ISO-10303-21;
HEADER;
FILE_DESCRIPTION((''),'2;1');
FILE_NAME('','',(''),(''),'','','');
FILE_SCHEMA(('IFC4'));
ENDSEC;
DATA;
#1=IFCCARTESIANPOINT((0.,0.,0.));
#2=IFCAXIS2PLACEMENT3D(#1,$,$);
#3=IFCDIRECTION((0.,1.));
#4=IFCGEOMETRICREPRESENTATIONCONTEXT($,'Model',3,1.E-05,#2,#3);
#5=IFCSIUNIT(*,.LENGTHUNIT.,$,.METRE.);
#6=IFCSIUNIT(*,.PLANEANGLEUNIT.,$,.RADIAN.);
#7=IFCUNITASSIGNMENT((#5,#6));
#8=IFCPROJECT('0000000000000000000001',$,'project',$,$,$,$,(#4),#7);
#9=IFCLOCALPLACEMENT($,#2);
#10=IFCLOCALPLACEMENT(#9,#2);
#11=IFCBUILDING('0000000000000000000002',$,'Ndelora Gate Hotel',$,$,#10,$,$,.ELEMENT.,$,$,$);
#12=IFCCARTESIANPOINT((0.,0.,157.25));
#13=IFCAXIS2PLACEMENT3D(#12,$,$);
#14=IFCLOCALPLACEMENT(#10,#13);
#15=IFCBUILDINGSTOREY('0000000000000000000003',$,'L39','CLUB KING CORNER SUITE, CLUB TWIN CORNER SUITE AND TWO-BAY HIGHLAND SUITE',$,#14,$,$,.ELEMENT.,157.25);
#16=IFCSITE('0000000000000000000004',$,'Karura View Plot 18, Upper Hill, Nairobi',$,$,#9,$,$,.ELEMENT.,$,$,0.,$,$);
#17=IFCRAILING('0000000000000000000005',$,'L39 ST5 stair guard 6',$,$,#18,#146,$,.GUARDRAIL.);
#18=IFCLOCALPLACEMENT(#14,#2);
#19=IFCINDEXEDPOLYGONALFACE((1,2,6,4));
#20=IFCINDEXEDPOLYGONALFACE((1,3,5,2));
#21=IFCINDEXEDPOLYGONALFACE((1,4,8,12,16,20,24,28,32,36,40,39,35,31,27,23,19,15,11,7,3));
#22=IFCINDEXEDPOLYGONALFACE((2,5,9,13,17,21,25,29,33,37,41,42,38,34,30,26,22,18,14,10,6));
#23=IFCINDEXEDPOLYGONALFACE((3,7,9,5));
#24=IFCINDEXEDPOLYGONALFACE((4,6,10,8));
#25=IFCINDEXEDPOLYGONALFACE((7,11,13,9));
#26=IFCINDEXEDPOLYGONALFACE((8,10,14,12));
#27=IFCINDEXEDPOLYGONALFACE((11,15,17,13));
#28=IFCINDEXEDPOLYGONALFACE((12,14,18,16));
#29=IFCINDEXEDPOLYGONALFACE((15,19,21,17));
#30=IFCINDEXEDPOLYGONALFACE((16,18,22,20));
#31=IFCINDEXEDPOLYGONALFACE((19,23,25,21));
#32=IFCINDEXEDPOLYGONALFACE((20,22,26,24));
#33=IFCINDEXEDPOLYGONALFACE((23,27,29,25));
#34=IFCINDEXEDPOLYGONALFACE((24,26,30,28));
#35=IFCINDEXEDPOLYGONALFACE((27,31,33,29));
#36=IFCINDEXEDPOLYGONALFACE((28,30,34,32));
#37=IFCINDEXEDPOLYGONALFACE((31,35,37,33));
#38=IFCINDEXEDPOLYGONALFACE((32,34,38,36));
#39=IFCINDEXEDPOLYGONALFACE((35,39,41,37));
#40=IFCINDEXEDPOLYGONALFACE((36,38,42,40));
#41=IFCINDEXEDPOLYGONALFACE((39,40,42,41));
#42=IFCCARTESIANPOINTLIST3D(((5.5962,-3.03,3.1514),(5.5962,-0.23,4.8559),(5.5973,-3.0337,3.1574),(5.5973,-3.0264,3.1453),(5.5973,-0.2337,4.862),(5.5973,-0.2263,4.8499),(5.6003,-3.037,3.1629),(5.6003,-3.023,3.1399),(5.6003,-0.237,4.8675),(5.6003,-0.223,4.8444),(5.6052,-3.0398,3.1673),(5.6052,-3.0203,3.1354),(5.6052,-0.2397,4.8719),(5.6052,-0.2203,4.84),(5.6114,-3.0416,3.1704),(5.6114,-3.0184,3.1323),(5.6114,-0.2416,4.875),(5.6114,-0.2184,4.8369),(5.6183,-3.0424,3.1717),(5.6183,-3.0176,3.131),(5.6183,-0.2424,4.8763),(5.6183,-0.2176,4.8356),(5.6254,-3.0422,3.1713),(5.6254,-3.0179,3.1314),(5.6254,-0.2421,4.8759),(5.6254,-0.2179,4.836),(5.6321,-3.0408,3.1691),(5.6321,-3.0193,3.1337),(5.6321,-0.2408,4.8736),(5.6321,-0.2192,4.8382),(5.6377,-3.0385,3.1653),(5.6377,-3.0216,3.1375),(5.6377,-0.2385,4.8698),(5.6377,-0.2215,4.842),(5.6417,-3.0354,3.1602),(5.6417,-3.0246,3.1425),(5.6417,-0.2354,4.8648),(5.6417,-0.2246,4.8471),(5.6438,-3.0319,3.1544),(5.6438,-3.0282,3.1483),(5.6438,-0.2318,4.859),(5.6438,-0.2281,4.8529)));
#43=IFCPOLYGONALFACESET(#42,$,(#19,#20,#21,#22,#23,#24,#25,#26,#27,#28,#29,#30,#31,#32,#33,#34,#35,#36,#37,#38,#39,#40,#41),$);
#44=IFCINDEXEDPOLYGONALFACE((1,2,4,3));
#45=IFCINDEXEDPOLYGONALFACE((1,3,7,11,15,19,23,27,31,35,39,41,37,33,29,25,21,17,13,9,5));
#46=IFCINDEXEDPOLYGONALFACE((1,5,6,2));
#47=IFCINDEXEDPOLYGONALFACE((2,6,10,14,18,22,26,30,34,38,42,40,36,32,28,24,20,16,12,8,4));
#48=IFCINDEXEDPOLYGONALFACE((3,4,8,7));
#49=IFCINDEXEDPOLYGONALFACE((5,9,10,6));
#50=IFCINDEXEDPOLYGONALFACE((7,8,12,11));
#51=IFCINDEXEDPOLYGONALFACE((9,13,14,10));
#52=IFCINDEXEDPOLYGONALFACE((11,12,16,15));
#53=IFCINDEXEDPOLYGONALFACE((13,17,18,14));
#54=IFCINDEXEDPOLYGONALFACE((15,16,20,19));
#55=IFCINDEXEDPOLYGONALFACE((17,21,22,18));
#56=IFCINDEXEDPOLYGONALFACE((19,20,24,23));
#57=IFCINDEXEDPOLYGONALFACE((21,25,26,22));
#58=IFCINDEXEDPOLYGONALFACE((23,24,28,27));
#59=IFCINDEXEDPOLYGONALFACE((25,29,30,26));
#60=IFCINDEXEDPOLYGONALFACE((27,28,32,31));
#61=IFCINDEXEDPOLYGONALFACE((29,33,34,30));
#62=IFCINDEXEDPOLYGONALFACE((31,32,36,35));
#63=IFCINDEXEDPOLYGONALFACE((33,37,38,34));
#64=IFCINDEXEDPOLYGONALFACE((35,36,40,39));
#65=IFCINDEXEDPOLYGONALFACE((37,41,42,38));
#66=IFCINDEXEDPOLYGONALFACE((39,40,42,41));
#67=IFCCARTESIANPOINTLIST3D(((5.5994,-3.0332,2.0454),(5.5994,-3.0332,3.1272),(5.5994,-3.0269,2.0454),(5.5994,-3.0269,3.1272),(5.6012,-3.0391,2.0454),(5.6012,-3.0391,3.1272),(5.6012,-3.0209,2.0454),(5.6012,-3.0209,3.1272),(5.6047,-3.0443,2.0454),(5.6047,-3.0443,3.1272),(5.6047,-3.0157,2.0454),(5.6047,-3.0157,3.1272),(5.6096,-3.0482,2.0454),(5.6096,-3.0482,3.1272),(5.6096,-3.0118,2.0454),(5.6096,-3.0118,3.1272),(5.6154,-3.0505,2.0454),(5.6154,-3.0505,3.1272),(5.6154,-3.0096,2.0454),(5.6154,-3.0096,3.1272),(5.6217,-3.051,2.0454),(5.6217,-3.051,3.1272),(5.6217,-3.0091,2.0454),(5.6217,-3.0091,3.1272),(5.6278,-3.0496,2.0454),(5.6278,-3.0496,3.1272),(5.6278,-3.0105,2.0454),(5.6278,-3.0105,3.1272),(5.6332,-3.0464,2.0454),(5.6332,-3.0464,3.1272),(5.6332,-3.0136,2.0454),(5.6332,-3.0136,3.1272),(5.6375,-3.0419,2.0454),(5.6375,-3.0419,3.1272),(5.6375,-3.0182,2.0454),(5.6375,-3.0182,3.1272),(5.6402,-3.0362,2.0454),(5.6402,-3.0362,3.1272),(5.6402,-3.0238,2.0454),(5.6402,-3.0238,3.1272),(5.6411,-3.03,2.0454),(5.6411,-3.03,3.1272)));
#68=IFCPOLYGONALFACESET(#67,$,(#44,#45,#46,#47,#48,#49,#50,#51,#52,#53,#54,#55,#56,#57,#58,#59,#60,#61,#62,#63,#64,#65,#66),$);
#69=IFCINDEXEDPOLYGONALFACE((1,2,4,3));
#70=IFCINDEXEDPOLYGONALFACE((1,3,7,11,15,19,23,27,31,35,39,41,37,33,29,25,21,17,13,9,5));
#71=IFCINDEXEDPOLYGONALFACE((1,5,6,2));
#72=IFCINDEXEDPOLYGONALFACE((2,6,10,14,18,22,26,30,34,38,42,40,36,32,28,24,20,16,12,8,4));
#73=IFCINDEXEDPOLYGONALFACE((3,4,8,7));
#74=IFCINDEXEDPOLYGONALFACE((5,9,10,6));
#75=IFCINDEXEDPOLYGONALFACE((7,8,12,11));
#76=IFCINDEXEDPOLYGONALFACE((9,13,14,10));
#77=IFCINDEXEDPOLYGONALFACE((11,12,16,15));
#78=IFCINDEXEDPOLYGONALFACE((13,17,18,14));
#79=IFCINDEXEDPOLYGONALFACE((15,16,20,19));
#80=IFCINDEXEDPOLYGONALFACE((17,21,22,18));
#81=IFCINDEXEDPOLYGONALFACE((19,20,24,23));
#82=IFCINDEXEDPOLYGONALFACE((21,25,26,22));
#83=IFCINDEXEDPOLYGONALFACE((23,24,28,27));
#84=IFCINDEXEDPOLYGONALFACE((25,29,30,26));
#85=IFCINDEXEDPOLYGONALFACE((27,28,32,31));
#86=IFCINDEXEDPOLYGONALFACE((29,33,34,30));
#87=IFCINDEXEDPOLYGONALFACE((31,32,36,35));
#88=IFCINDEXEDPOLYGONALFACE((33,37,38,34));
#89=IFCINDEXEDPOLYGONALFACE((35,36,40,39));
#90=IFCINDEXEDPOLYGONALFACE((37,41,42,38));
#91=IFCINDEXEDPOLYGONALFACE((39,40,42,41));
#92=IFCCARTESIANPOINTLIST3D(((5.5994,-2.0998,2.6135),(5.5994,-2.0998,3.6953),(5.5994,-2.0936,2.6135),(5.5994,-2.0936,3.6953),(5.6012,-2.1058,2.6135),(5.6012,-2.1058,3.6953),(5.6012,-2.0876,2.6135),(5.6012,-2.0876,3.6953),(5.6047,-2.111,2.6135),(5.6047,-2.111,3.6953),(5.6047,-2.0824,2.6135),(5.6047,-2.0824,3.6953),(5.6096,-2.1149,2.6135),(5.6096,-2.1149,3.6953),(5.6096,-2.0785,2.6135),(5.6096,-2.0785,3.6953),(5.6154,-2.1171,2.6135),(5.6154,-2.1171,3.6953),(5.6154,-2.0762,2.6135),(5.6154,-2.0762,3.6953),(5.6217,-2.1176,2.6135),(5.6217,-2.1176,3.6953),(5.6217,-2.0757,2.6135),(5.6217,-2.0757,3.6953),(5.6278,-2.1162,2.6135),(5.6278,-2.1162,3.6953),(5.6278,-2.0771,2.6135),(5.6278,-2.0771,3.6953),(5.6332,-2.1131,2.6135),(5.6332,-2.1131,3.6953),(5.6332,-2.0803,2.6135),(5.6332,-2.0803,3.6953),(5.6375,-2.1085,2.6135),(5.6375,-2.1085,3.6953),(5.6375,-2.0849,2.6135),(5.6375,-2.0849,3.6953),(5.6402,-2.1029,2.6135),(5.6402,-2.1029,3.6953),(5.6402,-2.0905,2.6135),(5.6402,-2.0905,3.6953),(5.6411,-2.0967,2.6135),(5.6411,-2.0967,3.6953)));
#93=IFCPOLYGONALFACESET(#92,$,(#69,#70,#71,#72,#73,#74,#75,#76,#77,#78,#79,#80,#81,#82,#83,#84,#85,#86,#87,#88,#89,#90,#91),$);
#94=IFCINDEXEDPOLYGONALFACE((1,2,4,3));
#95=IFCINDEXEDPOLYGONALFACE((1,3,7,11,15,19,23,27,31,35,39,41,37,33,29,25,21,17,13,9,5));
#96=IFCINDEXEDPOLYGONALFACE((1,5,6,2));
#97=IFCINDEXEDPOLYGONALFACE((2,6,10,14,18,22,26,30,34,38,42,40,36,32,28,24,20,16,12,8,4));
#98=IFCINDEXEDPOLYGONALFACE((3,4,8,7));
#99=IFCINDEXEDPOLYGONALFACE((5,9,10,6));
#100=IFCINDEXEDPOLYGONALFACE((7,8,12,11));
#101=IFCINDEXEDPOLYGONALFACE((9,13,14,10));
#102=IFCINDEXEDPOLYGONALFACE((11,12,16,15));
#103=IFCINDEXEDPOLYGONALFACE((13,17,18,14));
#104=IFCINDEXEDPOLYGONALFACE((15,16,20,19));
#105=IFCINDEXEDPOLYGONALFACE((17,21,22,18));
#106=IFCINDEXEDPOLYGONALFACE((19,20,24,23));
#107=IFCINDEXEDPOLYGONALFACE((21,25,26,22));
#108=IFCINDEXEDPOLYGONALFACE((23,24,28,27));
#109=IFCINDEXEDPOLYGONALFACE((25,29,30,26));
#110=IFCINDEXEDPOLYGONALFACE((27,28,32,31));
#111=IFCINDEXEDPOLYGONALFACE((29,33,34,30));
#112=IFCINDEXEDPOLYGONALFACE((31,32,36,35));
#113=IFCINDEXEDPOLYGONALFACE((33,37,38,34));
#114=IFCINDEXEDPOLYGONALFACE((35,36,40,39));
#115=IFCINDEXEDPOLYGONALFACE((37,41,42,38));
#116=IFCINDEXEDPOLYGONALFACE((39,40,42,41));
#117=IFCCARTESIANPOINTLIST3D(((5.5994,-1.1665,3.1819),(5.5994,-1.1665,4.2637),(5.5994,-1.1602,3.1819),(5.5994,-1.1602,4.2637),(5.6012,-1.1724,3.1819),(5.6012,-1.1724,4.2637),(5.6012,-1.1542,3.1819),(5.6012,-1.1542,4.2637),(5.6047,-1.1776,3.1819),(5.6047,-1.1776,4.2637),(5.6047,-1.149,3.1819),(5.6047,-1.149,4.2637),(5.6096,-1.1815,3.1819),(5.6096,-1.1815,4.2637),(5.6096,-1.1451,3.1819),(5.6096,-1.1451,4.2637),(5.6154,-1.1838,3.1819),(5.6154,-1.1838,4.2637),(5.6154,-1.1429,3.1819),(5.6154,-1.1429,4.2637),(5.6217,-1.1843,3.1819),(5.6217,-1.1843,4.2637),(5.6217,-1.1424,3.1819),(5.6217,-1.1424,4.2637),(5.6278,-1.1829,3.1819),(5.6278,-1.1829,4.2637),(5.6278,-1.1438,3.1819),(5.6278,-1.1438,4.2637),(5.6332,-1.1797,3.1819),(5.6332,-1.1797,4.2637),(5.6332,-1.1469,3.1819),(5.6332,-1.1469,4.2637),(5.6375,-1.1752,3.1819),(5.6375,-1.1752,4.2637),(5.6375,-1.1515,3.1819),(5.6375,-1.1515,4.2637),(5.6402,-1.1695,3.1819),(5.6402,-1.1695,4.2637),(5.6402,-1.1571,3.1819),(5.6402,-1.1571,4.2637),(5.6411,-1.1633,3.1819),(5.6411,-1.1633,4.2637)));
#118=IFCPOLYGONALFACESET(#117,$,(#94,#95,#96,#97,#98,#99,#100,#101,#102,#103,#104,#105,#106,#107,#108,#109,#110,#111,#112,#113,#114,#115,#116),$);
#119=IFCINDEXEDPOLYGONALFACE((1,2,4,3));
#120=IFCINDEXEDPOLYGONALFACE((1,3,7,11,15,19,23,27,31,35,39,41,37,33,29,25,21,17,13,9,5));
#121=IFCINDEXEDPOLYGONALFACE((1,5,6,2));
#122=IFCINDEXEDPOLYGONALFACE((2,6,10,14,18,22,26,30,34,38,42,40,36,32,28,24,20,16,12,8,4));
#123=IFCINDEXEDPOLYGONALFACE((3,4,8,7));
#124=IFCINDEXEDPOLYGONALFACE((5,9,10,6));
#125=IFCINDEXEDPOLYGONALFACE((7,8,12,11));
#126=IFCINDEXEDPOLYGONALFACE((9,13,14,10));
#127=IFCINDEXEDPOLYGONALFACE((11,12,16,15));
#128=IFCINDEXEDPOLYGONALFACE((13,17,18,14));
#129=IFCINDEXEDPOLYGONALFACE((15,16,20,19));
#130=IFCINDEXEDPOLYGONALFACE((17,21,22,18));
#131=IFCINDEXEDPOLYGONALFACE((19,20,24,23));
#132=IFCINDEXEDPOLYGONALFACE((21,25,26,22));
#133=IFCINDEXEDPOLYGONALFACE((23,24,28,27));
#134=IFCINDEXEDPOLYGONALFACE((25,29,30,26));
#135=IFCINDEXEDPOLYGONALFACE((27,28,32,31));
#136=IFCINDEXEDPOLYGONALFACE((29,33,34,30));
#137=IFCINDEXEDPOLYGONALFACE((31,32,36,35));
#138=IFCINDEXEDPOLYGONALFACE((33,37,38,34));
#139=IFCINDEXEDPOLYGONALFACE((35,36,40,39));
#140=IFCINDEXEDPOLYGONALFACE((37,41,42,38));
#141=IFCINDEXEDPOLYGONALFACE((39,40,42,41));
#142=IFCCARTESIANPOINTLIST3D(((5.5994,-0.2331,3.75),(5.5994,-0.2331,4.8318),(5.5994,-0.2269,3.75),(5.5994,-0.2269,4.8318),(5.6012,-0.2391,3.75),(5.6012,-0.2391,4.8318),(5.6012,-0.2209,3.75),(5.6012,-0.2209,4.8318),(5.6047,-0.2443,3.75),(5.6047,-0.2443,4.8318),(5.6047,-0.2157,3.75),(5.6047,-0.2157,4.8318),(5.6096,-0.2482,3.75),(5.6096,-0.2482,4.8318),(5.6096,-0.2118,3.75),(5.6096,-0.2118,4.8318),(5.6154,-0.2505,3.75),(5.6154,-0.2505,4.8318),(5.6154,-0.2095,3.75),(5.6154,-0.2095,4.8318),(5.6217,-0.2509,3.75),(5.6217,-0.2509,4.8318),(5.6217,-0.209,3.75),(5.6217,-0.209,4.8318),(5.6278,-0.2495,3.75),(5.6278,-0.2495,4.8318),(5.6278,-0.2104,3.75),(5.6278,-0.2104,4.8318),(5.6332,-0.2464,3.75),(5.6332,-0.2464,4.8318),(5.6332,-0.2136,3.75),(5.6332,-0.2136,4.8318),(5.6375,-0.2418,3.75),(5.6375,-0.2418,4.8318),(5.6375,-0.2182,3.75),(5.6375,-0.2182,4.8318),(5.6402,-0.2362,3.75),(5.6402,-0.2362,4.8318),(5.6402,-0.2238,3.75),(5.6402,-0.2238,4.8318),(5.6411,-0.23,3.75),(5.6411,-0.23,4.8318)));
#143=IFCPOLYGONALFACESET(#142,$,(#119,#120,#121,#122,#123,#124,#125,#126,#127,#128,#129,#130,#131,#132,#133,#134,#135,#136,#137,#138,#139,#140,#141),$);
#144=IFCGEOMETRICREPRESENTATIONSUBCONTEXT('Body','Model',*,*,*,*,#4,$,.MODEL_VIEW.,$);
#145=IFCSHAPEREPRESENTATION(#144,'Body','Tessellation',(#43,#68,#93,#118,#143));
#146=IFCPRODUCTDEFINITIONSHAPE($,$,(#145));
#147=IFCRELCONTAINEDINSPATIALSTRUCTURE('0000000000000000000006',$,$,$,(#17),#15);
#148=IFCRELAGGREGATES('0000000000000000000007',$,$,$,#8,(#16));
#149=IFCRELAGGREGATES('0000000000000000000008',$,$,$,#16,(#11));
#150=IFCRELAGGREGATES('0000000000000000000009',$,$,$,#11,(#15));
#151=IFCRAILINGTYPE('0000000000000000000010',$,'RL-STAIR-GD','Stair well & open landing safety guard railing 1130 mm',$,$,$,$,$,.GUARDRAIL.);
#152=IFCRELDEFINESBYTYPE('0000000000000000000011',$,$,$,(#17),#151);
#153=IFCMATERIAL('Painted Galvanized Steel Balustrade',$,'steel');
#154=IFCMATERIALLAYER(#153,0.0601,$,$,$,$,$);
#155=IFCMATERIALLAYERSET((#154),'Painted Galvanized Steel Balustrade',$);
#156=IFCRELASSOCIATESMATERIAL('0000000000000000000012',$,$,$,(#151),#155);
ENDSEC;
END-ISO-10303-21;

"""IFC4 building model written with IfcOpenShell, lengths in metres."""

from ifc_helpers import new_model, si_unit, direction, frame, origin, origin_2d, place, context, subcontext, project, spatial, circle, extrude, material, layer, layer_set, type_object, element, save


model = new_model("IFC4")

# Units and contexts
model_context = context("Model", 3, precision=1e-05, world=origin(), true_north=direction((0.0, 1.0)))
body_context = subcontext(model_context, "Body", "Model", "MODEL_VIEW")
ifc_project = project(units=[si_unit("LENGTHUNIT", "METRE"), si_unit("PLANEANGLEUNIT", "RADIAN")], contexts=[model_context])

# Site, building, storey
site_placement = place(None, origin())
site = spatial("IfcSite", under=ifc_project, at=site_placement, Name="Karura View Plot 18, Upper Hill, Nairobi", CompositionType="ELEMENT", RefElevation=0.0)
building_placement = place(site_placement, origin())
building = spatial("IfcBuilding", under=site, at=building_placement, Name="Ndelora Gate Hotel", CompositionType="ELEMENT")
storey_placement = place(building_placement, frame((0.0, 0.0, 157.25)))
storey = spatial("IfcBuildingStorey", under=building, at=storey_placement, Name="L39", Description="CLUB KING CORNER SUITE, CLUB TWIN CORNER SUITE AND TWO-BAY HIGHLAND SUITE", CompositionType="ELEMENT", Elevation=157.25)

# Railing
ifc_material_1 = material(Name="Painted Galvanized Steel Balustrade", Category="steel")
ifc_layer_1 = layer(ifc_material_1, 0.0601)
ifc_layer_set_1 = layer_set([ifc_layer_1], Name="Painted Galvanized Steel Balustrade")
railing_type_1 = type_object("IfcRailingType", Name="RL-STAIR-GD", Description="Stair well & open landing safety guard railing 1130 mm", PredefinedType="GUARDRAIL", material=ifc_layer_set_1)
railing_1_placement = place(storey_placement, frame((5.6201, -3.03, 2.0454)))
element("IfcRailing", 1, at=railing_1_placement, inside=storey, type_object=railing_type_1, Name="L39 ST5 stair guard 6", PredefinedType="GUARDRAIL", context=body_context, shape_type="SweptSolid", body=[
    extrude(circle(Radius=0.0239, at=origin_2d()), frame((0.0, 0.0, 1.106), z_axis=(0.0, 0.85417, 0.519994), x_axis=(-1.0, 0.0, 0.0)), (0.0, 0.0, 1.0), 3.2781),
    extrude(circle(Radius=0.021, at=origin_2d()), origin(), (0.0, 0.0, 1.0), 1.0818),
    extrude(circle(Radius=0.021, at=origin_2d()), frame((0.0, 0.9333, 0.5681)), (0.0, 0.0, 1.0), 1.0818),
    extrude(circle(Radius=0.021, at=origin_2d()), frame((0.0, 1.8667, 1.1365)), (0.0, 0.0, 1.0), 1.0818),
    extrude(circle(Radius=0.021, at=origin_2d()), frame((0.0, 2.8, 1.7046)), (0.0, 0.0, 1.0), 1.0818),
])

save(model, "model.ifc")
